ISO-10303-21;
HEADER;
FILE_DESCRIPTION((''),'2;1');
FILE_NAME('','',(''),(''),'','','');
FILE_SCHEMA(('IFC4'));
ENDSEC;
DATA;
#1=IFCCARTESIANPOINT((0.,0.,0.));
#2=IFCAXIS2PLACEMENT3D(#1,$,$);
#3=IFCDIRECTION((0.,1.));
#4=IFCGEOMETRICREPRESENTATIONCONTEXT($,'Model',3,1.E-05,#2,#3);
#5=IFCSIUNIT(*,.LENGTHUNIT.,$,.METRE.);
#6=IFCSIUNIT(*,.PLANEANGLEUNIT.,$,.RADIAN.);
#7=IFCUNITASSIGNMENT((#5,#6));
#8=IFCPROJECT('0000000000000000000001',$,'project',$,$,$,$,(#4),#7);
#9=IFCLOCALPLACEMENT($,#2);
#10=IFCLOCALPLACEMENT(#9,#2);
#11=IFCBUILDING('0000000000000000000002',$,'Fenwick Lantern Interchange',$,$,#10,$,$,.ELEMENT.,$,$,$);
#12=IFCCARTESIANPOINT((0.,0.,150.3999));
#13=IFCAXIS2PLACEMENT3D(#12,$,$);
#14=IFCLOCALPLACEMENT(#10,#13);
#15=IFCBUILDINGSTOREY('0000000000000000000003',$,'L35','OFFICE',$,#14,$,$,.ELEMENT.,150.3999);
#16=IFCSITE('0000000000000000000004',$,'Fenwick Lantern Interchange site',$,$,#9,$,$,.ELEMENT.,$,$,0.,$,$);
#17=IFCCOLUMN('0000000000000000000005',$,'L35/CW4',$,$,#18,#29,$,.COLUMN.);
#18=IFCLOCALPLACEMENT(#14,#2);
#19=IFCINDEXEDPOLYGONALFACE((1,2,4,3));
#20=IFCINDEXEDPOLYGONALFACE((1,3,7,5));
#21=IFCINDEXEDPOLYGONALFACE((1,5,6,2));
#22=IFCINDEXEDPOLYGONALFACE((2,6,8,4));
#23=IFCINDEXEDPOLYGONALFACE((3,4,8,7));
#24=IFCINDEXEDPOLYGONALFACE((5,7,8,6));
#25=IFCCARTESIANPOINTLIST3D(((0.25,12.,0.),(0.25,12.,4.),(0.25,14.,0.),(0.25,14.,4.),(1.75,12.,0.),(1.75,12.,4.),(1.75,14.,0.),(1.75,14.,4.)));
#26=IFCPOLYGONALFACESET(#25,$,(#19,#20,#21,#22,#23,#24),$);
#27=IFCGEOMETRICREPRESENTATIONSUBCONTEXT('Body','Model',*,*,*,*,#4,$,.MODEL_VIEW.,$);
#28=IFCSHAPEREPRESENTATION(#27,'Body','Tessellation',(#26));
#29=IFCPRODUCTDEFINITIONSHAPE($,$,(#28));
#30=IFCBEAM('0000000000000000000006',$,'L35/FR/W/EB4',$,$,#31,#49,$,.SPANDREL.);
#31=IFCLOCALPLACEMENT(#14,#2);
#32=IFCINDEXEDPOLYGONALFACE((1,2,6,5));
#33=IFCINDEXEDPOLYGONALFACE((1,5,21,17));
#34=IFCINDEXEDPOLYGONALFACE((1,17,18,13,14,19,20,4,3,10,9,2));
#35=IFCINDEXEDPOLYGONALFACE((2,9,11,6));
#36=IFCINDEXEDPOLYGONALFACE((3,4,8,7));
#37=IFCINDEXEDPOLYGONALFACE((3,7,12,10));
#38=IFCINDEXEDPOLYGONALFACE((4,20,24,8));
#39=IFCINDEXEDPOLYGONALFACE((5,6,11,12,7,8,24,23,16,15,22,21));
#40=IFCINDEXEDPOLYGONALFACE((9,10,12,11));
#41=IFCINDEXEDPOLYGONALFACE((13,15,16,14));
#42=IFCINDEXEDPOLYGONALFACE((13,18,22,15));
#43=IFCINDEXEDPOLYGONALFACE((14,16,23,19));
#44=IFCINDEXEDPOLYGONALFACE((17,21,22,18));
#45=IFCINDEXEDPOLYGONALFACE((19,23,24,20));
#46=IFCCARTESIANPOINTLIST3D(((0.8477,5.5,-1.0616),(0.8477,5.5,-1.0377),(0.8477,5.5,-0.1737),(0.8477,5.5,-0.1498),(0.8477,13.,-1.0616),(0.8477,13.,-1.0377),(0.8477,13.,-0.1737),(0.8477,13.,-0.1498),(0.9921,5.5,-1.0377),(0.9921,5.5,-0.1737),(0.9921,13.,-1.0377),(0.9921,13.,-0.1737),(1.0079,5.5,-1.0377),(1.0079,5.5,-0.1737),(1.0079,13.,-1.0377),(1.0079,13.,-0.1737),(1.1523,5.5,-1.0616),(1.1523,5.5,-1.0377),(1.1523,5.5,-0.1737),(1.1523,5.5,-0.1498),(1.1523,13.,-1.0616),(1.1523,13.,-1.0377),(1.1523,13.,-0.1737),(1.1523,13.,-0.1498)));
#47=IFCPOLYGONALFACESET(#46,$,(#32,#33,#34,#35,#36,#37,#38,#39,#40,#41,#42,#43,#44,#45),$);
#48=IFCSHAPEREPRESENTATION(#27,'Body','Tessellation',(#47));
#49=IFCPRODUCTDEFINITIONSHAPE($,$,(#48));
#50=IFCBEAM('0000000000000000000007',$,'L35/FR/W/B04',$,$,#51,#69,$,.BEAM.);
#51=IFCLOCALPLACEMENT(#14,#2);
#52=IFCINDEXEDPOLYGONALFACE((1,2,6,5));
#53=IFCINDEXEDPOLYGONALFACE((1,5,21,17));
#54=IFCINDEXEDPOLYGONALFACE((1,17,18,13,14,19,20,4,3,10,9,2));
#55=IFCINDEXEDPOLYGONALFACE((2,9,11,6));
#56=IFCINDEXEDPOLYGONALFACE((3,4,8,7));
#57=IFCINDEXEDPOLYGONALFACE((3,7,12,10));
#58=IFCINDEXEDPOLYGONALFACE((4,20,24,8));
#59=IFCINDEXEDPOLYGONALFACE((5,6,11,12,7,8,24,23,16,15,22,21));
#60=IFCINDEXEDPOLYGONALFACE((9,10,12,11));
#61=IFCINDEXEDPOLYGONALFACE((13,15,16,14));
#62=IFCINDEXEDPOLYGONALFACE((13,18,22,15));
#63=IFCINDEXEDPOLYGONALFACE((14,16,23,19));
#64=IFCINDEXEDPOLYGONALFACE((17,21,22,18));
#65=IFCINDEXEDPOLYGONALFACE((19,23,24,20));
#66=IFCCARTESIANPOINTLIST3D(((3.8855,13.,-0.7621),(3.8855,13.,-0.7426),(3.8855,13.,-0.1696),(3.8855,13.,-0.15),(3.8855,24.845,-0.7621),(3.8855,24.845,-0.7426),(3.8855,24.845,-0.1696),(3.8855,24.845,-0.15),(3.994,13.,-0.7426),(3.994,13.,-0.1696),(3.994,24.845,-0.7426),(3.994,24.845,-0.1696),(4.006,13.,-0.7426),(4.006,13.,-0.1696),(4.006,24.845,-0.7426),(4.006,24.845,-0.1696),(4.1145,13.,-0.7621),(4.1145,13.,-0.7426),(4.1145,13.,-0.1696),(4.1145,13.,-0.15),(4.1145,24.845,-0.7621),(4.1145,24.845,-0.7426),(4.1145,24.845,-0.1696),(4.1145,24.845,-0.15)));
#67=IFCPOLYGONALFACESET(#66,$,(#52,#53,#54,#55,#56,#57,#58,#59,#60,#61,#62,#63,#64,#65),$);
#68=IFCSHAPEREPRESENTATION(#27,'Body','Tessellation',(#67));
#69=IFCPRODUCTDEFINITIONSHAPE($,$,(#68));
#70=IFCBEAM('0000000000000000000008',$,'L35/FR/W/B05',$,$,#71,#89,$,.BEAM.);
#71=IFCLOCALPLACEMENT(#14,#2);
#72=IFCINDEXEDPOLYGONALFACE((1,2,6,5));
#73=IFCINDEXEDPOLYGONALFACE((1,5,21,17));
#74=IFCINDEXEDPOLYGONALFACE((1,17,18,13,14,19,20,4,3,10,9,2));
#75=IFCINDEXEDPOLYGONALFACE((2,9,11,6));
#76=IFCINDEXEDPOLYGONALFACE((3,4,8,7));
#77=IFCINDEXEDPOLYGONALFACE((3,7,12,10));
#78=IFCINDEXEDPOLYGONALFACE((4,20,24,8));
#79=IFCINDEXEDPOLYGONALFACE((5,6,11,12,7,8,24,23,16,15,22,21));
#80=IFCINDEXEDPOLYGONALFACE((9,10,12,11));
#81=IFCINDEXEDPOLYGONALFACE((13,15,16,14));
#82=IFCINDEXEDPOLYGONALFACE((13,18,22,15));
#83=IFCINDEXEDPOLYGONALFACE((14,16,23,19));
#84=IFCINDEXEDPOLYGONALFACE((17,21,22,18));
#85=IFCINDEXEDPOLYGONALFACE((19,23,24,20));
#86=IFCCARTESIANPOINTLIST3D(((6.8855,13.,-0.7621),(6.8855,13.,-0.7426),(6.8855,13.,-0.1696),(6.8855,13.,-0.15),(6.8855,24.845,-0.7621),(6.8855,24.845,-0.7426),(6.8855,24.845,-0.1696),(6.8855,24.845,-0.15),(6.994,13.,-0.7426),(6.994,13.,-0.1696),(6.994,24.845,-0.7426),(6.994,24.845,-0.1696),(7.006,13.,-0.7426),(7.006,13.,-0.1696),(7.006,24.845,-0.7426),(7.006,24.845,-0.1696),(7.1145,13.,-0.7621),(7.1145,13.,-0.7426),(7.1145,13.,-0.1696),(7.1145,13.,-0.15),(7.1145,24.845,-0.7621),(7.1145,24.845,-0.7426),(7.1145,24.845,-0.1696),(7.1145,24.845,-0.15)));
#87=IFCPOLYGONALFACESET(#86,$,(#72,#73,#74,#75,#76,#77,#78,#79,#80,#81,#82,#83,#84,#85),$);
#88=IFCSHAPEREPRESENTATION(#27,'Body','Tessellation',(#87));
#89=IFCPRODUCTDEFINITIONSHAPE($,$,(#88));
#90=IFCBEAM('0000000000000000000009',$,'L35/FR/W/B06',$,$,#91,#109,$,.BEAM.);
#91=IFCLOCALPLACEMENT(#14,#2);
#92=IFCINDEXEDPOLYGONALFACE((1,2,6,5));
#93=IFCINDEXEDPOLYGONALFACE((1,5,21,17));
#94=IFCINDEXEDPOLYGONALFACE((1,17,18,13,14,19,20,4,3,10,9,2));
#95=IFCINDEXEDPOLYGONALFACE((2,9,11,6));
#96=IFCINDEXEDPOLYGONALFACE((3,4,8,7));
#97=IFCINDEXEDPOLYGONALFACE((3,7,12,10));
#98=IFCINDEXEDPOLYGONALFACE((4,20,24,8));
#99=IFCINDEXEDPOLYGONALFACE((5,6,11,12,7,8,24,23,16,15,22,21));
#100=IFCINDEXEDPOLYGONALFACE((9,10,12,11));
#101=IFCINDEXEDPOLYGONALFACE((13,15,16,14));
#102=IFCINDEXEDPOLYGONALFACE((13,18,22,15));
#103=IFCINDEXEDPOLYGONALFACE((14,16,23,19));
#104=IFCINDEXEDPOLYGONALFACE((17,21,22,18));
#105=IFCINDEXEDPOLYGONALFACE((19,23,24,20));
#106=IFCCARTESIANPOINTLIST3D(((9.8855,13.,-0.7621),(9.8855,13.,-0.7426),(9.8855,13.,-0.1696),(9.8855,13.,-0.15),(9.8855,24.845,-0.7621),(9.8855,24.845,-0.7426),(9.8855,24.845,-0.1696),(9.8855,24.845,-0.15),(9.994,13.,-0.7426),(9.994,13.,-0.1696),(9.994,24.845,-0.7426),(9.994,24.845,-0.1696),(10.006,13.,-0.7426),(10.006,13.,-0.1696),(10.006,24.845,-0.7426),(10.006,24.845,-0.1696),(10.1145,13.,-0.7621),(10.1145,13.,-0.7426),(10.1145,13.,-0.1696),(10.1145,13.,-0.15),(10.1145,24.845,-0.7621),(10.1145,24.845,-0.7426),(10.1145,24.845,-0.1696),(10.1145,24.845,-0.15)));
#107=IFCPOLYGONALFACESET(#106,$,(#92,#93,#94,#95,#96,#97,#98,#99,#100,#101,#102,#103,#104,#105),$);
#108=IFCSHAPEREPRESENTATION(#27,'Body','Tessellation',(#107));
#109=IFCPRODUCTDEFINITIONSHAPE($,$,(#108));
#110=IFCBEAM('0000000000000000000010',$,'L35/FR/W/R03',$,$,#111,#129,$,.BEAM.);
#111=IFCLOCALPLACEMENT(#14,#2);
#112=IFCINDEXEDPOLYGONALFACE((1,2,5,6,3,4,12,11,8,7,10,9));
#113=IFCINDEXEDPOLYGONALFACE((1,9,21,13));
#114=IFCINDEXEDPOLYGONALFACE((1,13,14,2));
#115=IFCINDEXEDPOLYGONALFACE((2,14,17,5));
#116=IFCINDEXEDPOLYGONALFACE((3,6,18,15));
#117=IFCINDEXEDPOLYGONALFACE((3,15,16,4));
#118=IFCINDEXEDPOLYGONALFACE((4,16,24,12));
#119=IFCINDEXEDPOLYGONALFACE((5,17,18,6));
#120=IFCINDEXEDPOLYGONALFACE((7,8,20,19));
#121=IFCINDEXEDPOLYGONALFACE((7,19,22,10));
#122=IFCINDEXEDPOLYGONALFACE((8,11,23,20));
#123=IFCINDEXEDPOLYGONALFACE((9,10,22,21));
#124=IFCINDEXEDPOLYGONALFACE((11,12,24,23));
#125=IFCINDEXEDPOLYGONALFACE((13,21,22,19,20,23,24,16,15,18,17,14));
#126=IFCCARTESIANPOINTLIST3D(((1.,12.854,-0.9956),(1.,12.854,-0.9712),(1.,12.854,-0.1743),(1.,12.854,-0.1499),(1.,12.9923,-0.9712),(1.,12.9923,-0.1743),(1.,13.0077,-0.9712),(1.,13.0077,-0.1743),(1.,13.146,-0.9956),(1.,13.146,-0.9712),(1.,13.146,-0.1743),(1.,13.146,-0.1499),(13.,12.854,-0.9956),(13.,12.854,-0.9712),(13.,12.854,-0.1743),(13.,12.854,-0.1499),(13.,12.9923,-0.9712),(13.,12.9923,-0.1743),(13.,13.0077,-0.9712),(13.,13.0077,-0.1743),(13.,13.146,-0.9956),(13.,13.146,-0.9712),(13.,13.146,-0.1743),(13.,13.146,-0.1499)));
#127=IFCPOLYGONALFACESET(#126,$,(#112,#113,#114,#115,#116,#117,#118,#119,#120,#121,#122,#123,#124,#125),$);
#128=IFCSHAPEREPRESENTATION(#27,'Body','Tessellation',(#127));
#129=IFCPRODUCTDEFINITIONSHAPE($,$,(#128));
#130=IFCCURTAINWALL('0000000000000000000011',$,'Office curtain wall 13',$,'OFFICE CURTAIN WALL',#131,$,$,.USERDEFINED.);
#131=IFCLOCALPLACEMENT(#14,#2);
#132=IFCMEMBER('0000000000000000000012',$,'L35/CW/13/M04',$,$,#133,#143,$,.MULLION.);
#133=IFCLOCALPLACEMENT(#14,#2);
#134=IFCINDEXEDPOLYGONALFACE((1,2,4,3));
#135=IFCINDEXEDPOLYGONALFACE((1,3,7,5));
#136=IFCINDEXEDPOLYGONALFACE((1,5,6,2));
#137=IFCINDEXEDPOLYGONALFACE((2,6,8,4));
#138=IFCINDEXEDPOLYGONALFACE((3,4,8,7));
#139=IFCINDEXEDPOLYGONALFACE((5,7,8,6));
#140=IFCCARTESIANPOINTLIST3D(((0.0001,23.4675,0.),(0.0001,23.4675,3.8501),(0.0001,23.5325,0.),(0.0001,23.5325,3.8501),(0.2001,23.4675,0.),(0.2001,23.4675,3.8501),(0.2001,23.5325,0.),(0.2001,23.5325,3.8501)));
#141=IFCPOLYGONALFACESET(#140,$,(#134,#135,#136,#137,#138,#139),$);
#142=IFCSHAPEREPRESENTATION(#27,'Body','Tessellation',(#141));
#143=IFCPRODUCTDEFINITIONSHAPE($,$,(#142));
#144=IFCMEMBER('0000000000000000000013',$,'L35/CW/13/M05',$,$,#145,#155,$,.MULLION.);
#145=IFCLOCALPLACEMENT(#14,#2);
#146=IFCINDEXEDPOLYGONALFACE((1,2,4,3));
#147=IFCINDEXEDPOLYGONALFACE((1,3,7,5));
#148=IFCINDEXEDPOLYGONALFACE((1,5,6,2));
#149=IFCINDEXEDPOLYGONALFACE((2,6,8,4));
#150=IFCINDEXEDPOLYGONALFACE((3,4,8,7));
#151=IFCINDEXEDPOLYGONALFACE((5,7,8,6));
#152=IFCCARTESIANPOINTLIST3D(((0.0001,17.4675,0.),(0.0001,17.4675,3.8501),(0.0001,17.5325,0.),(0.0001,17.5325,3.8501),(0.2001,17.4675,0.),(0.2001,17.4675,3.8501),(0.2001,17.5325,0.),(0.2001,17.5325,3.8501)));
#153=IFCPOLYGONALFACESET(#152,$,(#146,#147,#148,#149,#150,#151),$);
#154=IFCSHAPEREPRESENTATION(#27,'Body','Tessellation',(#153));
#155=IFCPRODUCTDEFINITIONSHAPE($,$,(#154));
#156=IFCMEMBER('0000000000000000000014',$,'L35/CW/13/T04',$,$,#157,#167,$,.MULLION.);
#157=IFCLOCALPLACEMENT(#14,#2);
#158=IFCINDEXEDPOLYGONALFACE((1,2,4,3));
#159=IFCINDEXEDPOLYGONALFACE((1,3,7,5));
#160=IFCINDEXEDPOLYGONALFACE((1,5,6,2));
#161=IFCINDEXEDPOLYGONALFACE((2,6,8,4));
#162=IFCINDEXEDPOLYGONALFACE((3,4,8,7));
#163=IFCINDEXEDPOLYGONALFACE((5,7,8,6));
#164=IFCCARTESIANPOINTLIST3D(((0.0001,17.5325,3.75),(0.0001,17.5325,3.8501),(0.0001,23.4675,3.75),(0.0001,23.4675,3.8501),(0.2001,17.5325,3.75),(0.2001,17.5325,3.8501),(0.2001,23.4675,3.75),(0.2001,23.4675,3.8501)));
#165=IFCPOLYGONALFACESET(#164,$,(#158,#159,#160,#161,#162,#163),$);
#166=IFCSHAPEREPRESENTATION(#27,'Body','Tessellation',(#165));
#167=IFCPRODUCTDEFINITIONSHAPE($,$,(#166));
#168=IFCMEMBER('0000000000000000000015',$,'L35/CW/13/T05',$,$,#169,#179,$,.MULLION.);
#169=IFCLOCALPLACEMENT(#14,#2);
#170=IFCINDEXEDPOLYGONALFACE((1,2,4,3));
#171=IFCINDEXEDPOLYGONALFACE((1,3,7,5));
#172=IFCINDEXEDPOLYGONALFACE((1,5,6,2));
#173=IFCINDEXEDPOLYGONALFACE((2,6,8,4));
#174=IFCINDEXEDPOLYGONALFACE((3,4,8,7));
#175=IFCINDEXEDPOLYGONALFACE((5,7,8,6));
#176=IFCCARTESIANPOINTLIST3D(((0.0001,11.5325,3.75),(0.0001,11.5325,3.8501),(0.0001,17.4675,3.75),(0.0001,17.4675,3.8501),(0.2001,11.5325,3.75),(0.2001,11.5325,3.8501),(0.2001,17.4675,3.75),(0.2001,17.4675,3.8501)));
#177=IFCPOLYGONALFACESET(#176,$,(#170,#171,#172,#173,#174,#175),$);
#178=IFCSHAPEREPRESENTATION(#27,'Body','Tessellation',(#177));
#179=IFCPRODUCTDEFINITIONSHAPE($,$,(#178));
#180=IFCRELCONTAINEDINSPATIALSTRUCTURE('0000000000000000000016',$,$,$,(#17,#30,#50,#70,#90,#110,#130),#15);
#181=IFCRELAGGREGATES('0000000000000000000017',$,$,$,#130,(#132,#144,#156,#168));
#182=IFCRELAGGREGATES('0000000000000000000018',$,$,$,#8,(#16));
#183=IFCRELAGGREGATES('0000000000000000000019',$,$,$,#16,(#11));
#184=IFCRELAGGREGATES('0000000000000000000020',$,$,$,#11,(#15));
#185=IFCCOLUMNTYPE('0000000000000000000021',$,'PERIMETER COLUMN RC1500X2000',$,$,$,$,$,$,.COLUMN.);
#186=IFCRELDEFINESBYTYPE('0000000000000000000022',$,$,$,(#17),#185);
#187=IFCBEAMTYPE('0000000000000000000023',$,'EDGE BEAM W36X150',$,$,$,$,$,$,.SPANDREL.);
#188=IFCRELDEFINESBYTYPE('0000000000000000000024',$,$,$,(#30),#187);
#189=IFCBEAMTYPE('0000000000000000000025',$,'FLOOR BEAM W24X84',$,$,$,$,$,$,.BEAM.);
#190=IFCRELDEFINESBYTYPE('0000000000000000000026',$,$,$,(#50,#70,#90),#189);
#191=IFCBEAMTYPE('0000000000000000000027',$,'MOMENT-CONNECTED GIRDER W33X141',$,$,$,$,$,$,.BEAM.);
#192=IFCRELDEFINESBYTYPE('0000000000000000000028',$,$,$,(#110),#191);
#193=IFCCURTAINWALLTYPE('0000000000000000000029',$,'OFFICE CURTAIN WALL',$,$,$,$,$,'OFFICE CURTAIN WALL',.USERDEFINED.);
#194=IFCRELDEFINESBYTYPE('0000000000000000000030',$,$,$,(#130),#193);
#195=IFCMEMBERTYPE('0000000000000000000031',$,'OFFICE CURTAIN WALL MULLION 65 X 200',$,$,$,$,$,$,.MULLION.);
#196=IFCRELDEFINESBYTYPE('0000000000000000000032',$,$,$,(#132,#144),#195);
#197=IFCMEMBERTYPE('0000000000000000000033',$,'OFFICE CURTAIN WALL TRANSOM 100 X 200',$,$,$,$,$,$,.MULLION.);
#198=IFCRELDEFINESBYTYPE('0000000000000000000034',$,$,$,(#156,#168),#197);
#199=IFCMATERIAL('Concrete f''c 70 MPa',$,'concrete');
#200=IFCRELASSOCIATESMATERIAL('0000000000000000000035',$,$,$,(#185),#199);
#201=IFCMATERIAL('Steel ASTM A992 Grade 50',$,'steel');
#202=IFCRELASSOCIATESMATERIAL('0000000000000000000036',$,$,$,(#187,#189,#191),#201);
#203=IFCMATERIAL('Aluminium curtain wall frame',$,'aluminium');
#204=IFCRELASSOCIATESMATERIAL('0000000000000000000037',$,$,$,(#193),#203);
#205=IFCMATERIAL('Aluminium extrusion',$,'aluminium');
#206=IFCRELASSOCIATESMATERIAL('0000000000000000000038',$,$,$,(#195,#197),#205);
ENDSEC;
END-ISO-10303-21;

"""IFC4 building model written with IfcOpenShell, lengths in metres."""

from ifc_helpers import new_model, si_unit, direction, frame, origin, origin_2d, place, context, subcontext, project, spatial, rectangle, i_section, extrude, material, material_profile, profile_set, type_object, element, aggregate, save


model = new_model("IFC4")

# Units and contexts
model_context = context("Model", 3, precision=1e-05, world=origin(), true_north=direction((0.0, 1.0)))
body_context = subcontext(model_context, "Body", "Model", "MODEL_VIEW")
ifc_project = project(units=[si_unit("LENGTHUNIT", "METRE"), si_unit("PLANEANGLEUNIT", "RADIAN")], contexts=[model_context])

# Site, building, storey
site_placement = place(None, origin())
site = spatial("IfcSite", under=ifc_project, at=site_placement, Name="Fenwick Lantern Interchange site", CompositionType="ELEMENT", RefElevation=0.0)
building_placement = place(site_placement, origin())
building = spatial("IfcBuilding", under=site, at=building_placement, Name="Fenwick Lantern Interchange", CompositionType="ELEMENT")
storey_placement = place(building_placement, frame((0.0, 0.0, 150.3999)))
storey = spatial("IfcBuildingStorey", under=building, at=storey_placement, Name="L35", Description="OFFICE", CompositionType="ELEMENT", Elevation=150.3999)

# Column
ifc_material_1 = material(Name="Concrete f'c 70 MPa", Category="concrete")
ifc_material_profile_1 = material_profile(ifc_material_1, rectangle(XDim=1.5, YDim=2.0, at=origin_2d()), Name="RC1500X2000")
ifc_profile_set_1 = profile_set([ifc_material_profile_1], Name="Concrete f'c 70 MPa")
column_type = type_object("IfcColumnType", Name="PERIMETER COLUMN RC1500X2000", PredefinedType="COLUMN", material=ifc_profile_set_1)
column_placement = place(storey_placement, frame((1.0, 13.0, 0.0), z_axis=(0.0, 0.0, 1.0), x_axis=(1.0, 0.0, 0.0)))
element("IfcColumn", 1, at=column_placement, inside=storey, type_object=column_type, Name="L35/CW4", PredefinedType="COLUMN", context=body_context, shape_type="SweptSolid", body=[
    extrude(rectangle(XDim=1.5, YDim=2.0, at=origin_2d()), origin(), (0.0, 0.0, 1.0), 4.0),
])

# Beams
ifc_material_2 = material(Name="Steel ASTM A992 Grade 50", Category="steel")
ifc_material_profile_2 = material_profile(ifc_material_2, i_section(OverallWidth=0.3047, OverallDepth=0.9119, WebThickness=0.0159, FlangeThickness=0.0239, at=origin_2d()), Name="W36X150")
ifc_profile_set_2 = profile_set([ifc_material_profile_2], Name="Steel ASTM A992 Grade 50")
beam_type_1 = type_object("IfcBeamType", Name="EDGE BEAM W36X150", PredefinedType="SPANDREL", material=ifc_profile_set_2)
beam_1_placement = place(storey_placement, frame((1.0, 13.0, -0.6057), z_axis=(0.0, -1.0, 0.0), x_axis=(1.0, 0.0, 0.0)))
element("IfcBeam", 2, at=beam_1_placement, inside=storey, type_object=beam_type_1, Name="L35/FR/W/EB4", PredefinedType="SPANDREL", context=body_context, shape_type="SweptSolid", body=[
    extrude(i_section(OverallWidth=0.3047, OverallDepth=0.9119, WebThickness=0.0159, FlangeThickness=0.0239, at=origin_2d()), origin(), (0.0, 0.0, 1.0), 7.5),
])
ifc_material_profile_3 = material_profile(ifc_material_2, i_section(OverallWidth=0.229, OverallDepth=0.6121, WebThickness=0.012, FlangeThickness=0.0195, at=origin_2d()), Name="W24X84")
ifc_profile_set_3 = profile_set([ifc_material_profile_3], Name="Steel ASTM A992 Grade 50")
beam_type_2 = type_object("IfcBeamType", Name="FLOOR BEAM W24X84", PredefinedType="BEAM", material=ifc_profile_set_3)
for number, where, z_axis, x_axis, name in (
    (3, (4.0, 24.845, -0.4561), (0.0, -1.0, 0.0), (1.0, 0.0, 0.0), "L35/FR/W/B04"),
    (4, (7.0, 24.845, -0.4561), (0.0, -1.0, 0.0), (1.0, 0.0, 0.0), "L35/FR/W/B05"),
    (5, (10.0, 24.845, -0.4561), (0.0, -1.0, 0.0), (1.0, 0.0, 0.0), "L35/FR/W/B06"),
):
    element("IfcBeam", number, at=place(storey_placement, frame(where, z_axis=z_axis, x_axis=x_axis)), inside=storey, type_object=beam_type_2, Name=name, PredefinedType="BEAM", context=body_context, shape_type="SweptSolid", body=[
        extrude(i_section(OverallWidth=0.229, OverallDepth=0.6121, WebThickness=0.012, FlangeThickness=0.0195, at=origin_2d()), origin(), (0.0, 0.0, 1.0), 11.845),
    ])
ifc_material_profile_4 = material_profile(ifc_material_2, i_section(OverallWidth=0.292, OverallDepth=0.8457, WebThickness=0.0154, FlangeThickness=0.0244, at=origin_2d()), Name="W33X141")
ifc_profile_set_4 = profile_set([ifc_material_profile_4], Name="Steel ASTM A992 Grade 50")
beam_type_3 = type_object("IfcBeamType", Name="MOMENT-CONNECTED GIRDER W33X141", PredefinedType="BEAM", material=ifc_profile_set_4)
beam_2_placement = place(storey_placement, frame((1.0, 13.0, -0.5728), z_axis=(1.0, 0.0, 0.0), x_axis=(0.0, 1.0, 0.0)))
element("IfcBeam", 6, at=beam_2_placement, inside=storey, type_object=beam_type_3, Name="L35/FR/W/R03", PredefinedType="BEAM", context=body_context, shape_type="SweptSolid", body=[
    extrude(i_section(OverallWidth=0.292, OverallDepth=0.8457, WebThickness=0.0154, FlangeThickness=0.0244, at=origin_2d()), origin(), (0.0, 0.0, 1.0), 12.0),
])

# Curtain wall, members
ifc_material_3 = material(Name="Aluminium curtain wall frame", Category="aluminium")
curtain_wall_type = type_object("IfcCurtainWallType", Name="OFFICE CURTAIN WALL", ElementType="OFFICE CURTAIN WALL", PredefinedType="USERDEFINED", material=ifc_material_3)
curtain_wall_placement = place(storey_placement, origin())
curtain_wall = element("IfcCurtainWall", 7, at=curtain_wall_placement, inside=storey, type_object=curtain_wall_type, Name="Office curtain wall 13", ObjectType="OFFICE CURTAIN WALL", PredefinedType="USERDEFINED")
ifc_material_4 = material(Name="Aluminium extrusion", Category="aluminium")
ifc_material_profile_5 = material_profile(ifc_material_4, rectangle(XDim=0.2, YDim=0.0649, at=origin_2d()), Name="OFFICE CURTAIN WALL MULLION 65 X 200")
ifc_profile_set_5 = profile_set([ifc_material_profile_5], Name="Aluminium extrusion")
member_type_1 = type_object("IfcMemberType", Name="OFFICE CURTAIN WALL MULLION 65 X 200", PredefinedType="MULLION", material=ifc_profile_set_5)
member_1_placement = place(storey_placement, frame((0.1001, 23.5, 0.0), z_axis=(0.0, 0.0, 1.0), x_axis=(1.0, 0.0, 0.0)))
member_1 = element("IfcMember", 8, at=member_1_placement, type_object=member_type_1, Name="L35/CW/13/M04", PredefinedType="MULLION", context=body_context, shape_type="SweptSolid", body=[
    extrude(rectangle(XDim=0.2, YDim=0.0649, at=origin_2d()), origin(), (0.0, 0.0, 1.0), 3.8501),
])
member_2_placement = place(storey_placement, frame((0.1001, 17.5, 0.0), z_axis=(0.0, 0.0, 1.0), x_axis=(1.0, 0.0, 0.0)))
member_2 = element("IfcMember", 9, at=member_2_placement, type_object=member_type_1, Name="L35/CW/13/M05", PredefinedType="MULLION", context=body_context, shape_type="SweptSolid", body=[
    extrude(rectangle(XDim=0.2, YDim=0.0649, at=origin_2d()), origin(), (0.0, 0.0, 1.0), 3.8501),
])
ifc_material_profile_6 = material_profile(ifc_material_4, rectangle(XDim=0.2, YDim=0.1001, at=origin_2d()), Name="OFFICE CURTAIN WALL TRANSOM 100 X 200")
ifc_profile_set_6 = profile_set([ifc_material_profile_6], Name="Aluminium extrusion")
member_type_2 = type_object("IfcMemberType", Name="OFFICE CURTAIN WALL TRANSOM 100 X 200", PredefinedType="MULLION", material=ifc_profile_set_6)
member_3_placement = place(storey_placement, frame((0.1001, 23.4675, 3.8), z_axis=(0.0, -1.0, 0.0), x_axis=(1.0, 0.0, 0.0)))
member_3 = element("IfcMember", 10, at=member_3_placement, type_object=member_type_2, Name="L35/CW/13/T04", PredefinedType="MULLION", context=body_context, shape_type="SweptSolid", body=[
    extrude(rectangle(XDim=0.2, YDim=0.1001, at=origin_2d()), origin(), (0.0, 0.0, 1.0), 5.9351),
])
member_4_placement = place(storey_placement, frame((0.1001, 17.4675, 3.8), z_axis=(0.0, -1.0, 0.0), x_axis=(1.0, 0.0, 0.0)))
member_4 = element("IfcMember", 11, at=member_4_placement, type_object=member_type_2, Name="L35/CW/13/T05", PredefinedType="MULLION", context=body_context, shape_type="SweptSolid", body=[
    extrude(rectangle(XDim=0.2, YDim=0.1001, at=origin_2d()), origin(), (0.0, 0.0, 1.0), 5.9351),
])
aggregate(curtain_wall, [member_1, member_2, member_3, member_4])

save(model, "model.ifc")
